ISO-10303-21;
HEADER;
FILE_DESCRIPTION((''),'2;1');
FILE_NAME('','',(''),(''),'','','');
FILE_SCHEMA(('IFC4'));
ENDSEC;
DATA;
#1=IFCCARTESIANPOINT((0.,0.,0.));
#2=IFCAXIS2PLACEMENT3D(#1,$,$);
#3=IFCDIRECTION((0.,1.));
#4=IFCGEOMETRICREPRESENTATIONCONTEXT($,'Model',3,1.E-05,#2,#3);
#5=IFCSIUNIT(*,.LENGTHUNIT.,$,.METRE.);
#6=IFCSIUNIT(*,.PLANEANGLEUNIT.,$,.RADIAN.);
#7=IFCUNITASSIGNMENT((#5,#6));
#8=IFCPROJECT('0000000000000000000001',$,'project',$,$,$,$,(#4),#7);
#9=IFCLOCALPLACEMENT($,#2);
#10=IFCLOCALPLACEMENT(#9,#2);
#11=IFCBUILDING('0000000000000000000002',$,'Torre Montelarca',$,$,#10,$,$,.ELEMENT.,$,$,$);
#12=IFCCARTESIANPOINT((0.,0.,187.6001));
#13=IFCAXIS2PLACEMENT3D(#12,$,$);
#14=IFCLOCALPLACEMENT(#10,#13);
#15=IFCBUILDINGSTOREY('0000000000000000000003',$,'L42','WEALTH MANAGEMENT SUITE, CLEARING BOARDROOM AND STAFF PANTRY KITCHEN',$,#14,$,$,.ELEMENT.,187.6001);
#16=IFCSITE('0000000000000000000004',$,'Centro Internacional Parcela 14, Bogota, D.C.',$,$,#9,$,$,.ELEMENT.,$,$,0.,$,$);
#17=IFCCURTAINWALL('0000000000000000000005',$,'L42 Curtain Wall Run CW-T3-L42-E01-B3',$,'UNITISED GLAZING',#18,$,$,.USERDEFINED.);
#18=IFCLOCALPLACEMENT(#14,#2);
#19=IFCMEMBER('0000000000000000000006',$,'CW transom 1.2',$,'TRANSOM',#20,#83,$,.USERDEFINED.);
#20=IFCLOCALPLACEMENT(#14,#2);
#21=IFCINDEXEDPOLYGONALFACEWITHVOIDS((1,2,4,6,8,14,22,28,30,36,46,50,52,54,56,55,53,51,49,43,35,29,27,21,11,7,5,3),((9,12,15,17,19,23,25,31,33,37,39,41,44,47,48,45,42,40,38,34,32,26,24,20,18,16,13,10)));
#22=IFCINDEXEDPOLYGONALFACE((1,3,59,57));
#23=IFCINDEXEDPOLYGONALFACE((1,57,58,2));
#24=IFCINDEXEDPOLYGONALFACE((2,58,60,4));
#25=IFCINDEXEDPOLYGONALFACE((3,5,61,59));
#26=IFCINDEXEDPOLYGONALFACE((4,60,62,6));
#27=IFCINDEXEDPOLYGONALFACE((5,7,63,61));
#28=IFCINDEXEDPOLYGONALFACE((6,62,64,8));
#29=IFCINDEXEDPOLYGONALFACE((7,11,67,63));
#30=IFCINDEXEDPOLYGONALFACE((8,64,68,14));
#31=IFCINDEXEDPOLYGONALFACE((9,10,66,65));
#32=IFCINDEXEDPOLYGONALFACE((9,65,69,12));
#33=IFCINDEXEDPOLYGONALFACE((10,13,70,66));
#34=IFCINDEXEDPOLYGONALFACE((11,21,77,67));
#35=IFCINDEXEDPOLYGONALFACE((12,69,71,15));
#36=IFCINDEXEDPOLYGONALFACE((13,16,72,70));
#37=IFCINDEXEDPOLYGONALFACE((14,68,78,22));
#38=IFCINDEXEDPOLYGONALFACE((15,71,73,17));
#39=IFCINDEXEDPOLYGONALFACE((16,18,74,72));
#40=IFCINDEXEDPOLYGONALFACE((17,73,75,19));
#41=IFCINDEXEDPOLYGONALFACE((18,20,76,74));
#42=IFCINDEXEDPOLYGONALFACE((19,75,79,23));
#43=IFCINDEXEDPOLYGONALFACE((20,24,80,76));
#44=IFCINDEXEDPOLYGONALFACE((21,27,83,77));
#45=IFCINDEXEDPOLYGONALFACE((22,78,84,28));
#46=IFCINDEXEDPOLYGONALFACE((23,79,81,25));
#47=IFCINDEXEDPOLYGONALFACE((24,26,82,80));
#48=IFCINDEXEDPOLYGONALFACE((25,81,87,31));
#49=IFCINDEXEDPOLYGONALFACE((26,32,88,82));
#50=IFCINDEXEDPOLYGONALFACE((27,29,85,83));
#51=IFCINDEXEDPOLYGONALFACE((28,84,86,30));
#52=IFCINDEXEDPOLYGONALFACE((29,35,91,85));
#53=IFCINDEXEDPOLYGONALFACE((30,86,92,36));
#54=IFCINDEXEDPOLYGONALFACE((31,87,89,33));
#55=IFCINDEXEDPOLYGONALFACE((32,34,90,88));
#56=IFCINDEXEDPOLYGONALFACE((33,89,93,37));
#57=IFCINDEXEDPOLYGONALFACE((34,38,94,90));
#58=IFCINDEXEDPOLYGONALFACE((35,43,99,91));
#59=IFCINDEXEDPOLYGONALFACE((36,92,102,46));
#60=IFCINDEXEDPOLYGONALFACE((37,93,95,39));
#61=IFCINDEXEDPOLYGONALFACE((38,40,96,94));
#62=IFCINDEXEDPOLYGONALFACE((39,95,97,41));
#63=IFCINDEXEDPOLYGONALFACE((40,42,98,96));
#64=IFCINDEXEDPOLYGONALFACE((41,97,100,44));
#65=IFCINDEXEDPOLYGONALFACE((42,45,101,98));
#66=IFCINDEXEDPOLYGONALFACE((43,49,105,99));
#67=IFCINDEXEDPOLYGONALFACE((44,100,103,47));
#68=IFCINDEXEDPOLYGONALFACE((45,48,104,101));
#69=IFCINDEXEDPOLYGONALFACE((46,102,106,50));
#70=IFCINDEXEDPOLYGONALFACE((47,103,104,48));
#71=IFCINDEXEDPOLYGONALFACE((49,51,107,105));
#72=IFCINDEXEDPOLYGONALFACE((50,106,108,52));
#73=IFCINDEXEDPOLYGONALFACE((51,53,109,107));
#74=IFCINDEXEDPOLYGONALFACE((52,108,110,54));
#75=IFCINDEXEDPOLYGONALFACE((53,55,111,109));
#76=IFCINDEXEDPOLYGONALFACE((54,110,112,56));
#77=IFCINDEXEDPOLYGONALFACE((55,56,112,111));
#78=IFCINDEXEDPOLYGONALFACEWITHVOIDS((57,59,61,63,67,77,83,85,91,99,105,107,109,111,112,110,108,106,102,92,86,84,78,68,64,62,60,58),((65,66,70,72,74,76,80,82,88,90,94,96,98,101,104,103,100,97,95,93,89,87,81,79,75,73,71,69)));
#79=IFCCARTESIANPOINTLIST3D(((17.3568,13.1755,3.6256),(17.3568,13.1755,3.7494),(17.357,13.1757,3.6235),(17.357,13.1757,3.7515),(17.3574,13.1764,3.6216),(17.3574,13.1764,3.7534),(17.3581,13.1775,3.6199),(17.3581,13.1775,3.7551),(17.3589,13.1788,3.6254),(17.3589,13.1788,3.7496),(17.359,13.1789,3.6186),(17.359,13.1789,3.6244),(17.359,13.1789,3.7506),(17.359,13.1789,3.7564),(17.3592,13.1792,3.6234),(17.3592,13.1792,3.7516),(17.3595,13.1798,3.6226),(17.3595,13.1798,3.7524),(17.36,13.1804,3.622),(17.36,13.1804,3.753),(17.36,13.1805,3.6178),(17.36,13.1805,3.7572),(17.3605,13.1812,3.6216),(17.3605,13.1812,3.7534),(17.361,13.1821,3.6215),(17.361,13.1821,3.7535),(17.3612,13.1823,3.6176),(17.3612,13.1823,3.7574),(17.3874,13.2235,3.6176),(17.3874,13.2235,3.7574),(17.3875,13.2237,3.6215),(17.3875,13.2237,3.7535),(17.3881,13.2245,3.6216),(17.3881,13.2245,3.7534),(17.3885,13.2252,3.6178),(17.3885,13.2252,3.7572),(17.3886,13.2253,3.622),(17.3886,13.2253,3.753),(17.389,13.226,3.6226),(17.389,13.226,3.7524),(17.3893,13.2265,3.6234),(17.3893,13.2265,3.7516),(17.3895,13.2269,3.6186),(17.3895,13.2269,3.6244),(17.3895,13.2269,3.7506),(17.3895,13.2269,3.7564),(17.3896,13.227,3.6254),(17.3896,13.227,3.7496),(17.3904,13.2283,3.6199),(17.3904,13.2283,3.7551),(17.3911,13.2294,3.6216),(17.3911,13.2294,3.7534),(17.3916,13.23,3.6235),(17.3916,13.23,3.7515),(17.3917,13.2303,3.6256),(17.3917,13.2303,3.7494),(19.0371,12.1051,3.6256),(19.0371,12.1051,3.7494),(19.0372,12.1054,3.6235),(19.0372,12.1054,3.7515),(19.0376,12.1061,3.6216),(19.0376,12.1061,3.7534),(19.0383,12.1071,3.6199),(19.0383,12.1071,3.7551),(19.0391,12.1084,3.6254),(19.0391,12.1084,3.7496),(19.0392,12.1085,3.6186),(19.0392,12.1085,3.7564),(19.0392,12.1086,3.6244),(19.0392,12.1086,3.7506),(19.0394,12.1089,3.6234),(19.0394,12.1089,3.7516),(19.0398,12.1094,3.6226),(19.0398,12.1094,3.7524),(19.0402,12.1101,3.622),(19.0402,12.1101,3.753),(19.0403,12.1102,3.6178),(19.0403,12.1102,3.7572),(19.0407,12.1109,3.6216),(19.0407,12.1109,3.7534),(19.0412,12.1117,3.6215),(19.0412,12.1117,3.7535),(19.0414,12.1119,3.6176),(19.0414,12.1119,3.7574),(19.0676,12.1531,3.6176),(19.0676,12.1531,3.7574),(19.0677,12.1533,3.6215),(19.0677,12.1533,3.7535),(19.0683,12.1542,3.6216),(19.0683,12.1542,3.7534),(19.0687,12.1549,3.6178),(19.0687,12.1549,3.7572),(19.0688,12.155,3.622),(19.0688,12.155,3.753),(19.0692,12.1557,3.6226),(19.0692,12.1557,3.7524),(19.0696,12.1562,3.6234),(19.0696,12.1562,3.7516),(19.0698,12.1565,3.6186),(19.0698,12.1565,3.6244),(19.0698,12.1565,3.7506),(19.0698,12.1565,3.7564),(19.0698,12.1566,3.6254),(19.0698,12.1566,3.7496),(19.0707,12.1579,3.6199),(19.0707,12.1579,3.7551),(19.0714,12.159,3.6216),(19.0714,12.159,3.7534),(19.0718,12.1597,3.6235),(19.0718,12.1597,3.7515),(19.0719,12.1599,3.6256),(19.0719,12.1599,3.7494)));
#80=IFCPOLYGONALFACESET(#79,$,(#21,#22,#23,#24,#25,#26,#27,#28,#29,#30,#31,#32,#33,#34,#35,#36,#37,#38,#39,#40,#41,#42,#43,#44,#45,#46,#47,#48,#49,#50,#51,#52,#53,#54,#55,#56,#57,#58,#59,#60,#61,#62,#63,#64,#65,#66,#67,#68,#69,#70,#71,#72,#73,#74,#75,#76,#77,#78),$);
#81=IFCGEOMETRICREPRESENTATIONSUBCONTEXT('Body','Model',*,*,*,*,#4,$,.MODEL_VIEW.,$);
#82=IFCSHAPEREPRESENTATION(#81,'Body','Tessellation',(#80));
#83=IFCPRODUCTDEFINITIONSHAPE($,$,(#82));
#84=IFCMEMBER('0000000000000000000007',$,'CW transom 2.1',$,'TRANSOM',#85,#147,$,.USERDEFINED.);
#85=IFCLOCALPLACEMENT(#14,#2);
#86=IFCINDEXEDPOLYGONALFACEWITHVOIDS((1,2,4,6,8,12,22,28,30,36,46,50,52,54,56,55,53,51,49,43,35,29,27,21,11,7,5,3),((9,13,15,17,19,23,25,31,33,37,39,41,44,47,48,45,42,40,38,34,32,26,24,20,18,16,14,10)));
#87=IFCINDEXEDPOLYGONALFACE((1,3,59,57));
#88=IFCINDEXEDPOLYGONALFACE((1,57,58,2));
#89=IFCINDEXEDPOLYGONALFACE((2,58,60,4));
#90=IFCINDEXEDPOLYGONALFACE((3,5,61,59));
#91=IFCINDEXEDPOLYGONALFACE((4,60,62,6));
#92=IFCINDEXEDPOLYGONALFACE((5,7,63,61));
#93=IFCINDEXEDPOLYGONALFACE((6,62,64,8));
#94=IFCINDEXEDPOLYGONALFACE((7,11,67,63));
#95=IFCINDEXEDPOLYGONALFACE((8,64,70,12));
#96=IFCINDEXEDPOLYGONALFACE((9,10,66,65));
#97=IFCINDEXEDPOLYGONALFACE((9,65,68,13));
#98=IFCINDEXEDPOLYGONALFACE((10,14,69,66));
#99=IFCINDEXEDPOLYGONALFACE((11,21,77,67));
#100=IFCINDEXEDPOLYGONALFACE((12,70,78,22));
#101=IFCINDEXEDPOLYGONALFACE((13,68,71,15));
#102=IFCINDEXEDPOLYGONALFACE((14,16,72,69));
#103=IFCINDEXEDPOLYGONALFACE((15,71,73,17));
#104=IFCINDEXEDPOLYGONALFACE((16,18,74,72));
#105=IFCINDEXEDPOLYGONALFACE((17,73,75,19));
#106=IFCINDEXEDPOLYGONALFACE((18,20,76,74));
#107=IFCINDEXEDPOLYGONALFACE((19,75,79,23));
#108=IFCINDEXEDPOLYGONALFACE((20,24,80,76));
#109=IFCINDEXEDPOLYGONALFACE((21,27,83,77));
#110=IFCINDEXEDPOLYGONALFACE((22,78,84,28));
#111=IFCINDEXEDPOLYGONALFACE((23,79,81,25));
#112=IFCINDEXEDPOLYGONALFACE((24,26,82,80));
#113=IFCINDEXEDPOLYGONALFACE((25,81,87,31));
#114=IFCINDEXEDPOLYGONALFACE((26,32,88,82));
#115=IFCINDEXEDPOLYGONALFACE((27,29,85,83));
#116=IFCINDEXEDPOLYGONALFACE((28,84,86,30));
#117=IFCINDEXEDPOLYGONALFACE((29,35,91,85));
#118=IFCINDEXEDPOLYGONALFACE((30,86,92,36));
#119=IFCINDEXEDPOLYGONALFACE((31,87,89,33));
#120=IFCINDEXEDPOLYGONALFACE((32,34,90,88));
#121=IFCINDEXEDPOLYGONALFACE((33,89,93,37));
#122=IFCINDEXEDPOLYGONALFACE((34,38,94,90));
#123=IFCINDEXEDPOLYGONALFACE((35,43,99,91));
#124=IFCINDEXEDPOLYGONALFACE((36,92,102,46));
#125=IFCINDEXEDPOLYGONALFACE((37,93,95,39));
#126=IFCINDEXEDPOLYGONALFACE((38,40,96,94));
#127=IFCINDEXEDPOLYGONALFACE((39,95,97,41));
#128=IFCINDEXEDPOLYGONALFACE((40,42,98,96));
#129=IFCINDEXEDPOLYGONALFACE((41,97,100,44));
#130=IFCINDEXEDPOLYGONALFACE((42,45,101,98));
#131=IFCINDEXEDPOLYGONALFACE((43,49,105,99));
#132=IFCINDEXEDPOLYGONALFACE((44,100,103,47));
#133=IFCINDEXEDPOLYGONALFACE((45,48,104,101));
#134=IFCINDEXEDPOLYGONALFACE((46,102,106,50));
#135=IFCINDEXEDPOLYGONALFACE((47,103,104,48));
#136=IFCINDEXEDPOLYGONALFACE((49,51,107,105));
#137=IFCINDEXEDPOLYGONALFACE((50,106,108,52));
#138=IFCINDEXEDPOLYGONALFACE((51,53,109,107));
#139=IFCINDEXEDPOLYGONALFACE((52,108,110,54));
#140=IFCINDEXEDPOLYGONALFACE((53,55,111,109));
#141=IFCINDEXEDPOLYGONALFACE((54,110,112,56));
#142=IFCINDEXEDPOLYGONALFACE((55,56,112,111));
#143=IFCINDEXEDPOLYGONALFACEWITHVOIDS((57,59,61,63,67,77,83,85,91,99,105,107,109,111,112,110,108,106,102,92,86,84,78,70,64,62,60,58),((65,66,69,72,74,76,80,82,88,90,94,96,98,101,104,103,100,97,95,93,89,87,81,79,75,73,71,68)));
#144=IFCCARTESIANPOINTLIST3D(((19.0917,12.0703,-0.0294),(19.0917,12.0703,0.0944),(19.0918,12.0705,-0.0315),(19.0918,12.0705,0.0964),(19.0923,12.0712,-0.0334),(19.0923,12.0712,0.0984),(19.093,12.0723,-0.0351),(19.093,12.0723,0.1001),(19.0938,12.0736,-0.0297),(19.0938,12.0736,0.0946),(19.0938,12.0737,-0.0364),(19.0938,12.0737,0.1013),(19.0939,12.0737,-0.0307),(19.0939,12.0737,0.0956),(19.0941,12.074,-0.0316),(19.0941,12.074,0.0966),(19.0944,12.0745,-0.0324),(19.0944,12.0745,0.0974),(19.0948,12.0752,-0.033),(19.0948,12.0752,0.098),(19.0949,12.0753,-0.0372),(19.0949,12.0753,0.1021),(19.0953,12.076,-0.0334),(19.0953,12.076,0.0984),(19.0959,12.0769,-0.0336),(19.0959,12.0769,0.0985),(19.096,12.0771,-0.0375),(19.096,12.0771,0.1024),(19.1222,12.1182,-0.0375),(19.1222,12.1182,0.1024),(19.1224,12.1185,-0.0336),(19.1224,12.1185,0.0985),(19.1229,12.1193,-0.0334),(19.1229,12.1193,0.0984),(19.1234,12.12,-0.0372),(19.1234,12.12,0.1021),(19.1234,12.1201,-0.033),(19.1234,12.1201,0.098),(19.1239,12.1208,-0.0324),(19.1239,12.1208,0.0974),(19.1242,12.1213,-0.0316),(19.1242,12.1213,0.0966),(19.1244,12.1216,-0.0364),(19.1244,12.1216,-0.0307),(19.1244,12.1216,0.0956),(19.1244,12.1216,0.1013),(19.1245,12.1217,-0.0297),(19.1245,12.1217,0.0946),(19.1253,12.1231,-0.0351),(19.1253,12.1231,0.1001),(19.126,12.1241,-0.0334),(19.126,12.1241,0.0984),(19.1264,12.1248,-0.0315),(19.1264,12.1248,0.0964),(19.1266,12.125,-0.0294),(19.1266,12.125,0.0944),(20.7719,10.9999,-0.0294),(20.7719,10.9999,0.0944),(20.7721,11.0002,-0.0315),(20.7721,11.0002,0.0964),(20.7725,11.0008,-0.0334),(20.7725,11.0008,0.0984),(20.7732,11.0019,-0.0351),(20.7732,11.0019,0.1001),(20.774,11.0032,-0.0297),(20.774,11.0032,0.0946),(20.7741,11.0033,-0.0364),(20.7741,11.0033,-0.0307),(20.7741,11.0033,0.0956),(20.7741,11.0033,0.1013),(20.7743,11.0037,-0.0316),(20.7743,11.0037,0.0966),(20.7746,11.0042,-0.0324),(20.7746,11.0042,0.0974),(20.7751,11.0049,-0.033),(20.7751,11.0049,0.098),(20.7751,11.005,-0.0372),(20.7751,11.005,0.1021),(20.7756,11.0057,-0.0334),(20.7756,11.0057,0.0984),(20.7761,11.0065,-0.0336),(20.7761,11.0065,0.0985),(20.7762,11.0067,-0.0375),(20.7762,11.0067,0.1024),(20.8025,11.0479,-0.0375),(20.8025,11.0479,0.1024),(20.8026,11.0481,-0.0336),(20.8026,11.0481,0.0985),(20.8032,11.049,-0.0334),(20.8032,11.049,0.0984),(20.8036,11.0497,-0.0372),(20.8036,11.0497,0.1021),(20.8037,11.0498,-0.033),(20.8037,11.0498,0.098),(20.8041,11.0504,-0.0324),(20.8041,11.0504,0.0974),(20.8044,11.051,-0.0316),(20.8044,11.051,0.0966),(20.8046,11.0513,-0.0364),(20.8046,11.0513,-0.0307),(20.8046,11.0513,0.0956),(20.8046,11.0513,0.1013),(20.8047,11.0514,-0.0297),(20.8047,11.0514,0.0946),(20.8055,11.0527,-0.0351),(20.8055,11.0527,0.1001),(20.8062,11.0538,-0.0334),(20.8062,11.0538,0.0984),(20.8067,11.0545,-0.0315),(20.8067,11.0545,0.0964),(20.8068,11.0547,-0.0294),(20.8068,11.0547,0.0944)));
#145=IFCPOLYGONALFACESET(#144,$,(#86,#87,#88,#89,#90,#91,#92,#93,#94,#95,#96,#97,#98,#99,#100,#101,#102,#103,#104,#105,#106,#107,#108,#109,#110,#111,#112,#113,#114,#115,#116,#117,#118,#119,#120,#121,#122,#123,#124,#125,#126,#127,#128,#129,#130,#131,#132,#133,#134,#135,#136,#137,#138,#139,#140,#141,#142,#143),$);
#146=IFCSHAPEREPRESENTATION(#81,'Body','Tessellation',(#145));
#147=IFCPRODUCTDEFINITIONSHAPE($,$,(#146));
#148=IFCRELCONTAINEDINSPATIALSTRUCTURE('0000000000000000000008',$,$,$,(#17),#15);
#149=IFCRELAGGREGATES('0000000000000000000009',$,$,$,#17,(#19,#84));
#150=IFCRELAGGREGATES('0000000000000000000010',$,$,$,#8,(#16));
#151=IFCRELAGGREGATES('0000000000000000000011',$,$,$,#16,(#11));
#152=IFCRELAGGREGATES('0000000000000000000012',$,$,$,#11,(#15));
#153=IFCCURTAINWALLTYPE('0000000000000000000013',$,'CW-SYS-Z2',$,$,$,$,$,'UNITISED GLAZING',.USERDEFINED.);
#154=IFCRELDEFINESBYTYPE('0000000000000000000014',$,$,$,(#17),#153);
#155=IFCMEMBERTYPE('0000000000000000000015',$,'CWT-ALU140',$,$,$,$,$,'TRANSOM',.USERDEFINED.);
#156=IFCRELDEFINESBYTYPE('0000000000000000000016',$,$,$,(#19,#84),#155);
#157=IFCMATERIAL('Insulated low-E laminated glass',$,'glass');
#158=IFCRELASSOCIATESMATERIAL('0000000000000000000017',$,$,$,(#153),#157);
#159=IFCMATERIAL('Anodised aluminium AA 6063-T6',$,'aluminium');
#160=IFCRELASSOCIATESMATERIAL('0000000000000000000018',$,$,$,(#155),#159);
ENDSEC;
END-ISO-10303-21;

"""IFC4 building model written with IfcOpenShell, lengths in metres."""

from ifc_helpers import new_model, si_unit, direction, frame, origin, origin_2d, place, context, subcontext, project, spatial, hollow_rectangle, extrude, source, transform, mapped, material, material_profile, profile_set, type_object, element, aggregate, save


model = new_model("IFC4")

# Units and contexts
model_context = context("Model", 3, precision=1e-05, world=origin(), true_north=direction((0.0, 1.0)))
body_context = subcontext(model_context, "Body", "Model", "MODEL_VIEW")
ifc_project = project(units=[si_unit("LENGTHUNIT", "METRE"), si_unit("PLANEANGLEUNIT", "RADIAN")], contexts=[model_context])

# Site, building, storey
site_placement = place(None, origin())
site = spatial("IfcSite", under=ifc_project, at=site_placement, Name="Centro Internacional Parcela 14, Bogota, D.C.", CompositionType="ELEMENT", RefElevation=0.0)
building_placement = place(site_placement, origin())
building = spatial("IfcBuilding", under=site, at=building_placement, Name="Torre Montelarca", CompositionType="ELEMENT")
storey_placement = place(building_placement, frame((0.0, 0.0, 187.6001)))
storey = spatial("IfcBuildingStorey", under=building, at=storey_placement, Name="L42", Description="WEALTH MANAGEMENT SUITE, CLEARING BOARDROOM AND STAFF PANTRY KITCHEN", CompositionType="ELEMENT", Elevation=187.6001)

# Shared definitions
ifc_material_1 = material(Name="Insulated low-E laminated glass", Category="glass")
curtain_wall_type = type_object("IfcCurtainWallType", Name="CW-SYS-Z2", ElementType="UNITISED GLAZING", PredefinedType="USERDEFINED", material=ifc_material_1)
ifc_material_2 = material(Name="Anodised aluminium AA 6063-T6", Category="aluminium")

# Curtain wall
curtain_wall_1_placement = place(storey_placement, origin())
curtain_wall_1 = element("IfcCurtainWall", 1, at=curtain_wall_1_placement, inside=storey, type_object=curtain_wall_type, Name="L42 Curtain Wall Run CW-T3-L42-E01-B3", ObjectType="UNITISED GLAZING", PredefinedType="USERDEFINED")

# Members
ifc_material_profile_1 = material_profile(ifc_material_2, hollow_rectangle(XDim=0.0649, YDim=0.1399, WallThickness=0.0039, InnerFilletRadius=0.0039, OuterFilletRadius=0.0081, at=origin_2d()), Name="ALU65X140X4", Category="aluminium")
ifc_profile_set_1 = profile_set([ifc_material_profile_1], Name="Anodised aluminium AA 6063-T6")
member_type_1 = type_object("IfcMemberType", Name="CWT-ALU140", ElementType="TRANSOM", PredefinedType="USERDEFINED", material=ifc_profile_set_1)
shared_shape_1 = source(origin(), body_context, "Body", "SweptSolid", [
    extrude(hollow_rectangle(XDim=0.0649, YDim=0.1399, WallThickness=0.0039, InnerFilletRadius=0.0039, OuterFilletRadius=0.0081, at=origin_2d()), origin(), (0.0, 0.0, 1.0), 1.9922),
])
member_1_placement = place(storey_placement, frame((17.3743, 13.2029, 3.6875), z_axis=(0.843409, -0.537272, 0.0), x_axis=(0.537272, 0.843409, 0.0)))
member_1 = element("IfcMember", 2, at=member_1_placement, type_object=member_type_1, Name="CW transom 1.2", ObjectType="TRANSOM", PredefinedType="USERDEFINED", context=body_context, shape_type="MappedRepresentation", body=[
    mapped(shared_shape_1, transform((0.0, 0.0, 0.0), scale=1.0)),
])
member_2_placement = place(storey_placement, frame((19.1091, 12.0977, 0.0325), z_axis=(0.843409, -0.537272, 0.0), x_axis=(0.537272, 0.843409, 0.0)))
member_2 = element("IfcMember", 3, at=member_2_placement, type_object=member_type_1, Name="CW transom 2.1", ObjectType="TRANSOM", PredefinedType="USERDEFINED", context=body_context, shape_type="MappedRepresentation", body=[
    mapped(shared_shape_1, transform((0.0, 0.0, 0.0), scale=1.0)),
])

aggregate(curtain_wall_1, [member_1, member_2])

save(model, "model.ifc")
